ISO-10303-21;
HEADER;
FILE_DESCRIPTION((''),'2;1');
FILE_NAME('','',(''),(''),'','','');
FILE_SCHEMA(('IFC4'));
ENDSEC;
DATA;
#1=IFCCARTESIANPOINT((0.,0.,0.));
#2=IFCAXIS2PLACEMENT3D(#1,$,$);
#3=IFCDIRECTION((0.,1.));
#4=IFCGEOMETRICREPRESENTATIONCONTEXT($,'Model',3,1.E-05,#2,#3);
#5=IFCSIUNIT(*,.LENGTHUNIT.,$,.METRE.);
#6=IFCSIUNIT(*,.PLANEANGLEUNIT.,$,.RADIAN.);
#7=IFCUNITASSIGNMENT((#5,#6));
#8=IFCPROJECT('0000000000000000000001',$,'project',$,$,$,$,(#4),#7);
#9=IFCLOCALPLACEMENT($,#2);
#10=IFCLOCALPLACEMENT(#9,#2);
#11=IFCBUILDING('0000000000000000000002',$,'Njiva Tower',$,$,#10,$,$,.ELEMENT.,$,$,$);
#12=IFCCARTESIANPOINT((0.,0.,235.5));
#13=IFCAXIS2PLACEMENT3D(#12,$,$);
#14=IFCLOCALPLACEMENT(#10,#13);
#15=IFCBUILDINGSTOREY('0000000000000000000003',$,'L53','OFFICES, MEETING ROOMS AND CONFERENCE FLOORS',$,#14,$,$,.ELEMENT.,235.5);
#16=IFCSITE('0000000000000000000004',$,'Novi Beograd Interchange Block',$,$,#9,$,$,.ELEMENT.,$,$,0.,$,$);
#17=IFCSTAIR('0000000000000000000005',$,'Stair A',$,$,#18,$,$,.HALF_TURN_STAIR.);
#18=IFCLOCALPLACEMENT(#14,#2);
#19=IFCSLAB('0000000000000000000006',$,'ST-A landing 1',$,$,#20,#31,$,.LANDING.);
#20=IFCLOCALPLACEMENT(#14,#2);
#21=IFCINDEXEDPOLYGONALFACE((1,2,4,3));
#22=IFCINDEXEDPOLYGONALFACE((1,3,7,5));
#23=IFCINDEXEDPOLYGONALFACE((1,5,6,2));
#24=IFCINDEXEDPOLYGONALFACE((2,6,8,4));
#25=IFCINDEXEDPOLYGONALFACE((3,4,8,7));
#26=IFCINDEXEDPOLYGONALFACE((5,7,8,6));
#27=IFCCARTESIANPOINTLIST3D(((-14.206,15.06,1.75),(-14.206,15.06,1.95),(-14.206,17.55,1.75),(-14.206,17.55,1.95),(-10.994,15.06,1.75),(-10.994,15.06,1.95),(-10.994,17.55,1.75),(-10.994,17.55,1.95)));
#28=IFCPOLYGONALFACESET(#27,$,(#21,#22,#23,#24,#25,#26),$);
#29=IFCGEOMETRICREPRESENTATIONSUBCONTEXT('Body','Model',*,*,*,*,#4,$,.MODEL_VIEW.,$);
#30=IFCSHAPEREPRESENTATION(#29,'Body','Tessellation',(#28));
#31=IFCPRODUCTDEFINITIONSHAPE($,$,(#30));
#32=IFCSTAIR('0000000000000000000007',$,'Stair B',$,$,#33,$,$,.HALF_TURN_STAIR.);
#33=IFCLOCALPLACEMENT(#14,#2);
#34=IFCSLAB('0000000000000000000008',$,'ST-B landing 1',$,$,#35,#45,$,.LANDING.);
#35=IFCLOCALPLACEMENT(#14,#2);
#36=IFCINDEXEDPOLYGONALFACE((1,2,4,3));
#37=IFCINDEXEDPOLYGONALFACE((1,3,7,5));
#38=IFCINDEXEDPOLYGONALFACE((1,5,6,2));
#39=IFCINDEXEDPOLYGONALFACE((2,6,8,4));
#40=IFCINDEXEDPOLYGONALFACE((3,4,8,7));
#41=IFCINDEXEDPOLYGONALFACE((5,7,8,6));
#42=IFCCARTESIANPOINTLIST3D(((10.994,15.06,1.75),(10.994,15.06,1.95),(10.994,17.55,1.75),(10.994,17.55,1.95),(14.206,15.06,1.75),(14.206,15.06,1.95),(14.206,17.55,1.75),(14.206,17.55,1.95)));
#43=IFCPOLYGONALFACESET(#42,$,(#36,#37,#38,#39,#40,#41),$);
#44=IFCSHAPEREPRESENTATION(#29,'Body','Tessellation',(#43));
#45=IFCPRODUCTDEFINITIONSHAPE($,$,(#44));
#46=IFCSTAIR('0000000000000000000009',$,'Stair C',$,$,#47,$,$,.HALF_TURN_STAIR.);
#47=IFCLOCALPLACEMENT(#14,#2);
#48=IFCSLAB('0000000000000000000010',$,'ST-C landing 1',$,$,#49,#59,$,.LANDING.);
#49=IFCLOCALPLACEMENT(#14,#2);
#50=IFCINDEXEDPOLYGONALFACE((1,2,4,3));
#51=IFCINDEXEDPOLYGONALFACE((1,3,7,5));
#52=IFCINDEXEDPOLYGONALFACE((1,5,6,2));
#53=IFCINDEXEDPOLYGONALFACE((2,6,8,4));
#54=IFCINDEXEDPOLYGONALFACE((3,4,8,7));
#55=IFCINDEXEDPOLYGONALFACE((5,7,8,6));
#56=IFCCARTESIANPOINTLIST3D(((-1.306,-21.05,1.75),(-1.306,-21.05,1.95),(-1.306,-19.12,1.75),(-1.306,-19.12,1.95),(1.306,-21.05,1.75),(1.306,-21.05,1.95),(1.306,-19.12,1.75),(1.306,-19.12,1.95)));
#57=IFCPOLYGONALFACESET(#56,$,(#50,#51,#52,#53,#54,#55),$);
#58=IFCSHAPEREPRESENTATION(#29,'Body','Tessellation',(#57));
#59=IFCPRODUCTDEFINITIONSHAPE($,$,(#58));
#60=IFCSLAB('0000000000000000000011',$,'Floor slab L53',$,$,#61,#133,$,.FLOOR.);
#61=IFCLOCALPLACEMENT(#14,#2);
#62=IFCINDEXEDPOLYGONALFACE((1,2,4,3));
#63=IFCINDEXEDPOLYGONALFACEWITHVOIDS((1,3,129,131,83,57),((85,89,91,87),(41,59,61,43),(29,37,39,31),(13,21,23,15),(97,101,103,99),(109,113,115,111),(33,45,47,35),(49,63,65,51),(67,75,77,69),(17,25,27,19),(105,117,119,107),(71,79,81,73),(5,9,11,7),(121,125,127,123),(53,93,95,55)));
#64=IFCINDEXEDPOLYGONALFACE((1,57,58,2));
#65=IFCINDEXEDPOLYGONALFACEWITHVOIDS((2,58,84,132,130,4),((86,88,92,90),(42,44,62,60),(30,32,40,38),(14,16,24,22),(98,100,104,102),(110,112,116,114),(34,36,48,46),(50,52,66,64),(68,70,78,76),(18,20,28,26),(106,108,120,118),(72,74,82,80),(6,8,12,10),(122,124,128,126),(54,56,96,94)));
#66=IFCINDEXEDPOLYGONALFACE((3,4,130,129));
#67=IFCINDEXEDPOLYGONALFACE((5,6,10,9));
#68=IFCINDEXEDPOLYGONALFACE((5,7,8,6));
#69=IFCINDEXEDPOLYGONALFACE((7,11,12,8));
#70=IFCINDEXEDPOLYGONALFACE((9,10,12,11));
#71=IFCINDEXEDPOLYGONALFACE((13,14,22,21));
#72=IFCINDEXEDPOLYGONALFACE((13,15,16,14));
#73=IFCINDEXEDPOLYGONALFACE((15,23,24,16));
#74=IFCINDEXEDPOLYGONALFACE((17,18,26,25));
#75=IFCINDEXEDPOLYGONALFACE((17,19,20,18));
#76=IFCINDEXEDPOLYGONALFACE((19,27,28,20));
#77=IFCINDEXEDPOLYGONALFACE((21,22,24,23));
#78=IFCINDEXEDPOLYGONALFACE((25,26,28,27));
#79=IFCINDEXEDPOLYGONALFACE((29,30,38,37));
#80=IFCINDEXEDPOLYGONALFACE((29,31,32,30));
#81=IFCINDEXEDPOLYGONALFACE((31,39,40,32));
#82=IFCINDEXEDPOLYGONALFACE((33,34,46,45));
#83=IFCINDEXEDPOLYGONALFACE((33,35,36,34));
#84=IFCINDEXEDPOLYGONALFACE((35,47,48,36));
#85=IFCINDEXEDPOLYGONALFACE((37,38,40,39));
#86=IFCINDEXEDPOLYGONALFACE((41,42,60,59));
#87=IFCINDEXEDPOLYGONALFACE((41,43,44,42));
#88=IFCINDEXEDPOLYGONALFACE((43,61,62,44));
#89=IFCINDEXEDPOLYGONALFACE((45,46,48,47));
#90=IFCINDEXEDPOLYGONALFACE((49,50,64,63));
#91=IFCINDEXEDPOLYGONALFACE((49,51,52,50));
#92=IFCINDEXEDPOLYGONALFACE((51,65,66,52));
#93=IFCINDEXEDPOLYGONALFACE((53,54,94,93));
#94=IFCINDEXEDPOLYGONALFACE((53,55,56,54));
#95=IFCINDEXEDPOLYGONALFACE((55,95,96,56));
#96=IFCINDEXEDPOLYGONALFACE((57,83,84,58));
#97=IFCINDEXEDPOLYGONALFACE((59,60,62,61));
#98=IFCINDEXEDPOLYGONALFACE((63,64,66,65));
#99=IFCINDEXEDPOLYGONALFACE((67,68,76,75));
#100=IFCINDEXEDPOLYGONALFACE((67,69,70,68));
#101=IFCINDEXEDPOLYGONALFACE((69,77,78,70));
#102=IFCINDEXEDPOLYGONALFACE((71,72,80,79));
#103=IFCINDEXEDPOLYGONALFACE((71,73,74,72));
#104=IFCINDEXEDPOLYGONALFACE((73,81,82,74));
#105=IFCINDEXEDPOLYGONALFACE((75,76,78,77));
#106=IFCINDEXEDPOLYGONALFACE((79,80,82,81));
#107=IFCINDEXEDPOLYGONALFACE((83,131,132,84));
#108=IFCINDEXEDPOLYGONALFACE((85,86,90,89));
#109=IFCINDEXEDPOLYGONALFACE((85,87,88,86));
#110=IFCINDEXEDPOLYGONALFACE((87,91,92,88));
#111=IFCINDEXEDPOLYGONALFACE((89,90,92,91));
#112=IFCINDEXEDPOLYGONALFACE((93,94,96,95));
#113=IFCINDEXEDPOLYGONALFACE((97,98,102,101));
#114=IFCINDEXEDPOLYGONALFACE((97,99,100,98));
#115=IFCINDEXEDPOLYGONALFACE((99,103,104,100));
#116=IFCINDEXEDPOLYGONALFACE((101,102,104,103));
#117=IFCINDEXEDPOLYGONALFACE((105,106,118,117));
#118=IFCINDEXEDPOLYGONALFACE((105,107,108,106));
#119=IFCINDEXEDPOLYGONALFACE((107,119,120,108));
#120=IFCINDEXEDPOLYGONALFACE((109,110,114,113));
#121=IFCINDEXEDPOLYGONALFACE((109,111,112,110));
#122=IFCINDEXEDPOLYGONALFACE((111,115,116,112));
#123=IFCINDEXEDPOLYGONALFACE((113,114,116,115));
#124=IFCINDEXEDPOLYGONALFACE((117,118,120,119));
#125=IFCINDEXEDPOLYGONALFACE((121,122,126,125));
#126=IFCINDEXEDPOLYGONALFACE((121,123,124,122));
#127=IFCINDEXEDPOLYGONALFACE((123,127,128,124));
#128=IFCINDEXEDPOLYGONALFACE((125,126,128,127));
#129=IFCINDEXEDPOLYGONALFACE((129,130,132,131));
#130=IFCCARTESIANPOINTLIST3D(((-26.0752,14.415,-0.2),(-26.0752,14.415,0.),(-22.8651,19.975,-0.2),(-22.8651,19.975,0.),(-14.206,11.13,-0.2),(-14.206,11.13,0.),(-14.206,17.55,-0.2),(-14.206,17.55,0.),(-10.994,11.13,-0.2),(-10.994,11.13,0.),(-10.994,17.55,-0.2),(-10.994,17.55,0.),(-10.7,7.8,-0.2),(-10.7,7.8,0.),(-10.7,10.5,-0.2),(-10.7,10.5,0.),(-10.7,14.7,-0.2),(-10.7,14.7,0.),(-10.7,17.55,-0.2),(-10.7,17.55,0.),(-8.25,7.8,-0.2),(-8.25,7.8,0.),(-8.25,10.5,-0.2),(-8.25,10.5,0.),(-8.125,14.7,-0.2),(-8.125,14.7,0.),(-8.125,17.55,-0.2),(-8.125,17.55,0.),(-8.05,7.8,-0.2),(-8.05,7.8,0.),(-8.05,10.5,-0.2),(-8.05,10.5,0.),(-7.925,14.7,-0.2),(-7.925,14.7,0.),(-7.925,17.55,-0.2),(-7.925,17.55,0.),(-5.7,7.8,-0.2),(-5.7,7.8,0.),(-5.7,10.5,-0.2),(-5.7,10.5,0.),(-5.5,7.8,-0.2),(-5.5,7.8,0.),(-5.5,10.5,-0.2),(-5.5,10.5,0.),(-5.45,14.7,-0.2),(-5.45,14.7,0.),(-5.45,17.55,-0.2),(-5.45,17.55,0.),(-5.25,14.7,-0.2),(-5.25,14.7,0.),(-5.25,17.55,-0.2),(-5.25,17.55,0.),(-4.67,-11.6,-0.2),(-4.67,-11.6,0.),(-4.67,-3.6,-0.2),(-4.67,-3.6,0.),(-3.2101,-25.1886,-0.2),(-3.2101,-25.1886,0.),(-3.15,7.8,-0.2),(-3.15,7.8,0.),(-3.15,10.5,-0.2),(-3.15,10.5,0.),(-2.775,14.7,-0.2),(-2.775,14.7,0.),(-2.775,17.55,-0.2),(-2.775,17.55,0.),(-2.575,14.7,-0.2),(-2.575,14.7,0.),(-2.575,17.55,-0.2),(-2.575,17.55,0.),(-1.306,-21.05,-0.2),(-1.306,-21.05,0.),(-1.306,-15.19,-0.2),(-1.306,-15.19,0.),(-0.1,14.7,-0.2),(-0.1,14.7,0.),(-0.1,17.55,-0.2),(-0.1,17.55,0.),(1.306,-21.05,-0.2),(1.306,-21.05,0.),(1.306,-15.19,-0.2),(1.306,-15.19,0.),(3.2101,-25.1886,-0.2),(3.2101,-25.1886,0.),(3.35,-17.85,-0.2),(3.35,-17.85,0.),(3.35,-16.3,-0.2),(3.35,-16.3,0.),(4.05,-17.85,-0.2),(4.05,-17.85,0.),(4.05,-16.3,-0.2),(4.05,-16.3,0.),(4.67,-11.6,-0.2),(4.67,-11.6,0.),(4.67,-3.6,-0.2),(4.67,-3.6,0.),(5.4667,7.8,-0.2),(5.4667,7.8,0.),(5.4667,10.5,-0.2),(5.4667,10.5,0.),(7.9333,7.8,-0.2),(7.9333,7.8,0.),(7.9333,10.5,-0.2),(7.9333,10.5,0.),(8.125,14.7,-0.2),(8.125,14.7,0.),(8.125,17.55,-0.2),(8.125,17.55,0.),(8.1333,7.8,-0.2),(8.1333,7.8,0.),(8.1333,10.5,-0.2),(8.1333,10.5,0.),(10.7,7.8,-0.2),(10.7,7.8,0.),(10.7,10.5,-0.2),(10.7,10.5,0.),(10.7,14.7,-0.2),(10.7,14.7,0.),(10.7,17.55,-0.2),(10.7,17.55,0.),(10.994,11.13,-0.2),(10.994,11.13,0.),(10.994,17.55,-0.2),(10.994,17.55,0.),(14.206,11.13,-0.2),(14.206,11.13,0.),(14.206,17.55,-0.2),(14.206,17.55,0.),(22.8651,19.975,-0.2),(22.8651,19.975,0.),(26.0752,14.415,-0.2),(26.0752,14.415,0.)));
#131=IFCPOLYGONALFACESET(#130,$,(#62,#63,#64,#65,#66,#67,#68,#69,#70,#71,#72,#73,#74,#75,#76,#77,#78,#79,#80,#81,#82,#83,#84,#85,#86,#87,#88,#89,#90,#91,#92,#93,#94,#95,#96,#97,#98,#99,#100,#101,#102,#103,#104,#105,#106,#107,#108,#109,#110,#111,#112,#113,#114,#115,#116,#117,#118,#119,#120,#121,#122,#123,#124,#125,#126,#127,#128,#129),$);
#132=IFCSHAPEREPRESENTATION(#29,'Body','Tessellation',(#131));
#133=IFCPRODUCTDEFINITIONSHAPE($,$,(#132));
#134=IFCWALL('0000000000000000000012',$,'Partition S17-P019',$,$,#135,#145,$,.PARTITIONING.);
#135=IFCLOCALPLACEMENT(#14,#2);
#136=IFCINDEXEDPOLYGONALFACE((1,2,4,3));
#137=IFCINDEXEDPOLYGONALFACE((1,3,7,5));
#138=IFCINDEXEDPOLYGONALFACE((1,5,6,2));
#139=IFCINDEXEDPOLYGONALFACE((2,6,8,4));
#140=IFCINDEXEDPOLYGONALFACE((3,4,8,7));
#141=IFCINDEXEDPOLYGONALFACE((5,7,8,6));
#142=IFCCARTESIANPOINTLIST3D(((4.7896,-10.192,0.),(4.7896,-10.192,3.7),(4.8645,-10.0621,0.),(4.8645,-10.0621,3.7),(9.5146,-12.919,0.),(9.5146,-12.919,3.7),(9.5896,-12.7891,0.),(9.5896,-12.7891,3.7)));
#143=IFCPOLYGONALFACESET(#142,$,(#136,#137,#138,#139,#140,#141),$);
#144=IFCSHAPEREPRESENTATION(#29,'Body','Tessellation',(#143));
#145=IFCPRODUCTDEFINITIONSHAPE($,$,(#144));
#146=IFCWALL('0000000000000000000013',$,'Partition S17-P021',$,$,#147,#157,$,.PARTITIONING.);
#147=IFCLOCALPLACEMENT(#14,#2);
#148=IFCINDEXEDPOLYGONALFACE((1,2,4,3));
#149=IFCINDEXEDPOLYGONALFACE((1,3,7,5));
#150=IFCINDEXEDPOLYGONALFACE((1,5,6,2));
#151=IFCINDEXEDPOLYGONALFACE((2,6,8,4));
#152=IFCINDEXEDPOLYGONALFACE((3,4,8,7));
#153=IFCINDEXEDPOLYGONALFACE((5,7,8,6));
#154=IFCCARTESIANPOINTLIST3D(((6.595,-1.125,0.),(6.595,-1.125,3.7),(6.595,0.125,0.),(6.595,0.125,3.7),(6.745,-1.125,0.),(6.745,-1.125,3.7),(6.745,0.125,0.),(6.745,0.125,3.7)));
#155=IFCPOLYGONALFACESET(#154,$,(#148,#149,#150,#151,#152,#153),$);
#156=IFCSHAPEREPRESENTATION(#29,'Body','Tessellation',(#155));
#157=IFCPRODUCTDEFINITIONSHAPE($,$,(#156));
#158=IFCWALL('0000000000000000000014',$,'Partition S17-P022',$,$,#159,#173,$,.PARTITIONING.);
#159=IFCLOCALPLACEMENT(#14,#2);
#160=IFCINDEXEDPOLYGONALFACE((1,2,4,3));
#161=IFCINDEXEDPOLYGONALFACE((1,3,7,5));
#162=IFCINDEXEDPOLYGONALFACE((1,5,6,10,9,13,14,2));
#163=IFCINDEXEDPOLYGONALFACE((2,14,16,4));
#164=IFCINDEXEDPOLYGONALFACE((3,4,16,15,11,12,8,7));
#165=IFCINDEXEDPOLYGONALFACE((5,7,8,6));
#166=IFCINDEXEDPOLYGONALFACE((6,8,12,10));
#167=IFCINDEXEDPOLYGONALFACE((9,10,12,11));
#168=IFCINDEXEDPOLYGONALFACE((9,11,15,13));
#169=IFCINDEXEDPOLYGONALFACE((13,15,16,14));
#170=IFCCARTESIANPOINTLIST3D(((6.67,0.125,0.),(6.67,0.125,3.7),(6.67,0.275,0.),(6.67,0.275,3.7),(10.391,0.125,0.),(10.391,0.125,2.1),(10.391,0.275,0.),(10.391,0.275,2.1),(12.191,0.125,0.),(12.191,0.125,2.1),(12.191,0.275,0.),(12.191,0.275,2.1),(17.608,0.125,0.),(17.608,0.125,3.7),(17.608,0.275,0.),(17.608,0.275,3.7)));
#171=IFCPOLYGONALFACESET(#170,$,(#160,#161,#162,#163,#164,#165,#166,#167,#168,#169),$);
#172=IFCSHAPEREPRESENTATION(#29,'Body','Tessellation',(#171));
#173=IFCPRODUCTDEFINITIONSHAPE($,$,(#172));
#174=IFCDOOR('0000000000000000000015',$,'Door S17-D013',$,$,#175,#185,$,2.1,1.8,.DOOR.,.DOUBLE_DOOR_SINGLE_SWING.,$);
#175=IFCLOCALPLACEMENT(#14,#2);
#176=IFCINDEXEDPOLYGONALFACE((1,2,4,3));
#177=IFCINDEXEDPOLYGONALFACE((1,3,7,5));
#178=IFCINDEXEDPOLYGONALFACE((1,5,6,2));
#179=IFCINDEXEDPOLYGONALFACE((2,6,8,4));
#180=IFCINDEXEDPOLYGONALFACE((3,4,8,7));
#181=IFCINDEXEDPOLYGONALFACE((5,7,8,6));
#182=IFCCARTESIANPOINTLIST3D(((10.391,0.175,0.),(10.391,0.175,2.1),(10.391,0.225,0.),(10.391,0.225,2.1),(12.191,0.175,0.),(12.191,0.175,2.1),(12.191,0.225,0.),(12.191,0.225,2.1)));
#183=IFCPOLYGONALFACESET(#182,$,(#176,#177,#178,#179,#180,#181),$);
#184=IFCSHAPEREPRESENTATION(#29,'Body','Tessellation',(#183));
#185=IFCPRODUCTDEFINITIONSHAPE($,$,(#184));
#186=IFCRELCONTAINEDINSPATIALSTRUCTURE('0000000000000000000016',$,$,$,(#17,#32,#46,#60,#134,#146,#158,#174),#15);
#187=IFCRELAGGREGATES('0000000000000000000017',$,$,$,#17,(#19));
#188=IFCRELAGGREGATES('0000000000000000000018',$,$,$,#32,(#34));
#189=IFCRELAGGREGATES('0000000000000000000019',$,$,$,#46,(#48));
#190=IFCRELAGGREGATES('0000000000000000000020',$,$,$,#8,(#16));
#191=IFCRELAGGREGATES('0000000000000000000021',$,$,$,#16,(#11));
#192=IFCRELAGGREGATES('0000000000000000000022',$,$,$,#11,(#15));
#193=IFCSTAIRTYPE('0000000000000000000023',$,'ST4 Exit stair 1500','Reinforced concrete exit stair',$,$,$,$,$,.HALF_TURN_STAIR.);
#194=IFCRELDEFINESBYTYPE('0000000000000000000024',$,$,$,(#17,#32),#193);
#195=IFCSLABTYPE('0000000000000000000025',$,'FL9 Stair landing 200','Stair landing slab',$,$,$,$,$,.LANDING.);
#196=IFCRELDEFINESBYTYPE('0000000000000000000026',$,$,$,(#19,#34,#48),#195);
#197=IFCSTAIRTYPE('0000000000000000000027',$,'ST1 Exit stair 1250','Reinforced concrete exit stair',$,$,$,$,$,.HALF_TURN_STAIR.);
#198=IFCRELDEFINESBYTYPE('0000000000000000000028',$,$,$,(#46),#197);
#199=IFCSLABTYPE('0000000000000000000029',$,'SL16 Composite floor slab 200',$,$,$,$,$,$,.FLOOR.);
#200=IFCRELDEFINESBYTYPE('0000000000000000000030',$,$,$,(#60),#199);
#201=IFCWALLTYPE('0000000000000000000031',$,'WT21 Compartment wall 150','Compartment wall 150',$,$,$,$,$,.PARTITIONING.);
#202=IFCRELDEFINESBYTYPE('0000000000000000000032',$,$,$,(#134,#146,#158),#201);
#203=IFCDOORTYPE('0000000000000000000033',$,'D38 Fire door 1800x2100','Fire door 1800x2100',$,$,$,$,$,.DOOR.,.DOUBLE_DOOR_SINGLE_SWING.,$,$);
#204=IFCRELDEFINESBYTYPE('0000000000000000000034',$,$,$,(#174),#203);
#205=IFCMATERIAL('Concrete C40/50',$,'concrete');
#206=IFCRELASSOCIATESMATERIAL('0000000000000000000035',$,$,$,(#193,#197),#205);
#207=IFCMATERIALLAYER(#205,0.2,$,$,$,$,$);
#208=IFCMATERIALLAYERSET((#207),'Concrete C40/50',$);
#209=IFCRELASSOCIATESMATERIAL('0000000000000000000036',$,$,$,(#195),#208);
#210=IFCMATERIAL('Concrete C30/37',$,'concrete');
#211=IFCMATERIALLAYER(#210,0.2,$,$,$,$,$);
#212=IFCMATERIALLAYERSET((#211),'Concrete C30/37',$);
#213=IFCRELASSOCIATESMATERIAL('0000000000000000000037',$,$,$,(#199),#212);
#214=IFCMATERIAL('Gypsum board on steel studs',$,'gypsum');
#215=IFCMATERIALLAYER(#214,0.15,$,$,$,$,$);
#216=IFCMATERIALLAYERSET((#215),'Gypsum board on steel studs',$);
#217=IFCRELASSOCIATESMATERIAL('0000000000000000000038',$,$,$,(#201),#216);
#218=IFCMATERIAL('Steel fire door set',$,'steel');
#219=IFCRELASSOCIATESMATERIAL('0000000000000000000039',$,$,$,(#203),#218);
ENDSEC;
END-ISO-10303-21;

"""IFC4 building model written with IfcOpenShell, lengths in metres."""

from ifc_helpers import new_model, si_unit, direction, frame, frame_2d, origin, place, context, subcontext, project, spatial, polyline, rectangle, outline, extrude, material, layer, layer_set, type_object, element, fill, aggregate, save


model = new_model("IFC4")

# Units and contexts
model_context = context("Model", 3, precision=1e-05, world=origin(), true_north=direction((0.0, 1.0)))
body_context = subcontext(model_context, "Body", "Model", "MODEL_VIEW")
ifc_project = project(units=[si_unit("LENGTHUNIT", "METRE"), si_unit("PLANEANGLEUNIT", "RADIAN")], contexts=[model_context])

# Site, building, storey
site_placement = place(None, origin())
site = spatial("IfcSite", under=ifc_project, at=site_placement, Name="Novi Beograd Interchange Block", CompositionType="ELEMENT", RefElevation=0.0)
building_placement = place(site_placement, origin())
building = spatial("IfcBuilding", under=site, at=building_placement, Name="Njiva Tower", CompositionType="ELEMENT")
storey_placement = place(building_placement, frame((0.0, 0.0, 235.5)))
storey = spatial("IfcBuildingStorey", under=building, at=storey_placement, Name="L53", Description="OFFICES, MEETING ROOMS AND CONFERENCE FLOORS", CompositionType="ELEMENT", Elevation=235.5)

# Stairs, slabs
ifc_material_1 = material(Name="Concrete C40/50", Category="concrete")
stair_type_1 = type_object("IfcStairType", Name="ST4 Exit stair 1500", Description="Reinforced concrete exit stair", PredefinedType="HALF_TURN_STAIR", material=ifc_material_1)
stair_1_placement = place(storey_placement, origin())
stair_1 = element("IfcStair", 1, at=stair_1_placement, inside=storey, type_object=stair_type_1, Name="Stair A", PredefinedType="HALF_TURN_STAIR")
ifc_layer_1 = layer(ifc_material_1, 0.2)
ifc_layer_set_1 = layer_set([ifc_layer_1], Name="Concrete C40/50")
slab_type_1 = type_object("IfcSlabType", Name="FL9 Stair landing 200", Description="Stair landing slab", PredefinedType="LANDING", material=ifc_layer_set_1)
slab_1_placement = place(storey_placement, frame((0.0, 0.0, 1.75)))
slab_1 = element("IfcSlab", 2, at=slab_1_placement, type_object=slab_type_1, Name="ST-A landing 1", PredefinedType="LANDING", context=body_context, shape_type="SweptSolid", body=[
    extrude(outline(polyline([(-14.206, 15.06), (-10.994, 15.06), (-10.994, 17.55), (-14.206, 17.55), (-14.206, 15.06)])), origin(), (0.0, 0.0, 1.0), 0.2),
])
aggregate(stair_1, [slab_1])
stair_2_placement = place(storey_placement, origin())
stair_2 = element("IfcStair", 3, at=stair_2_placement, inside=storey, type_object=stair_type_1, Name="Stair B", PredefinedType="HALF_TURN_STAIR")
slab_2_placement = place(storey_placement, frame((0.0, 0.0, 1.75)))
slab_2 = element("IfcSlab", 4, at=slab_2_placement, type_object=slab_type_1, Name="ST-B landing 1", PredefinedType="LANDING", context=body_context, shape_type="SweptSolid", body=[
    extrude(outline(polyline([(10.994, 15.06), (14.206, 15.06), (14.206, 17.55), (10.994, 17.55), (10.994, 15.06)])), origin(), (0.0, 0.0, 1.0), 0.2),
])
aggregate(stair_2, [slab_2])
stair_type_2 = type_object("IfcStairType", Name="ST1 Exit stair 1250", Description="Reinforced concrete exit stair", PredefinedType="HALF_TURN_STAIR", material=ifc_material_1)
stair_3_placement = place(storey_placement, origin())
stair_3 = element("IfcStair", 5, at=stair_3_placement, inside=storey, type_object=stair_type_2, Name="Stair C", PredefinedType="HALF_TURN_STAIR")
slab_3_placement = place(storey_placement, frame((0.0, 0.0, 1.75)))
slab_3 = element("IfcSlab", 6, at=slab_3_placement, type_object=slab_type_1, Name="ST-C landing 1", PredefinedType="LANDING", context=body_context, shape_type="SweptSolid", body=[
    extrude(outline(polyline([(-1.306, -21.05), (1.306, -21.05), (1.306, -19.12), (-1.306, -19.12), (-1.306, -21.05)])), origin(), (0.0, 0.0, 1.0), 0.2),
])
aggregate(stair_3, [slab_3])

# Slab
ifc_material_2 = material(Name="Concrete C30/37", Category="concrete")
ifc_layer_2 = layer(ifc_material_2, 0.2)
ifc_layer_set_2 = layer_set([ifc_layer_2], Name="Concrete C30/37")
slab_type_2 = type_object("IfcSlabType", Name="SL16 Composite floor slab 200", PredefinedType="FLOOR", material=ifc_layer_set_2)
slab_4_placement = place(storey_placement, frame((0.0, 0.0, -0.2)))
element("IfcSlab", 7, at=slab_4_placement, inside=storey, type_object=slab_type_2, Name="Floor slab L53", PredefinedType="FLOOR", context=body_context, shape_type="SweptSolid", body=[
    extrude(outline(polyline([(26.0752, 14.415), (3.2101, -25.1886), (-3.2101, -25.1886), (-26.0752, 14.415), (-22.8651, 19.975), (22.8651, 19.975), (26.0752, 14.415)]), holes=[polyline([(10.994, 11.13), (14.206, 11.13), (14.206, 17.55), (10.994, 17.55), (10.994, 11.13)]), polyline([(8.125, 14.7), (10.7, 14.7), (10.7, 17.55), (8.125, 17.55), (8.125, 14.7)]), polyline([(8.1333, 7.8), (10.7, 7.8), (10.7, 10.5), (8.1333, 10.5), (8.1333, 7.8)]), polyline([(5.4667, 7.8), (7.9333, 7.8), (7.9333, 10.5), (5.4667, 10.5), (5.4667, 7.8)]), polyline([(4.67, -11.6), (4.67, -3.6), (-4.67, -3.6), (-4.67, -11.6), (4.67, -11.6)]), polyline([(3.35, -17.85), (4.05, -17.85), (4.05, -16.3), (3.35, -16.3), (3.35, -17.85)]), polyline([(-1.306, -21.05), (1.306, -21.05), (1.306, -15.19), (-1.306, -15.19), (-1.306, -21.05)]), polyline([(-2.575, 14.7), (-0.1, 14.7), (-0.1, 17.55), (-2.575, 17.55), (-2.575, 14.7)]), polyline([(-5.25, 14.7), (-2.775, 14.7), (-2.775, 17.55), (-5.25, 17.55), (-5.25, 14.7)]), polyline([(-5.5, 7.8), (-3.15, 7.8), (-3.15, 10.5), (-5.5, 10.5), (-5.5, 7.8)]), polyline([(-7.925, 14.7), (-5.45, 14.7), (-5.45, 17.55), (-7.925, 17.55), (-7.925, 14.7)]), polyline([(-8.05, 7.8), (-5.7, 7.8), (-5.7, 10.5), (-8.05, 10.5), (-8.05, 7.8)]), polyline([(-10.7, 14.7), (-8.125, 14.7), (-8.125, 17.55), (-10.7, 17.55), (-10.7, 14.7)]), polyline([(-8.25, 7.8), (-8.25, 10.5), (-10.7, 10.5), (-10.7, 7.8), (-8.25, 7.8)]), polyline([(-14.206, 11.13), (-10.994, 11.13), (-10.994, 17.55), (-14.206, 17.55), (-14.206, 11.13)])]), origin(), (0.0, 0.0, 1.0), 0.2),
])

# Walls
ifc_material_3 = material(Name="Gypsum board on steel studs", Category="gypsum")
ifc_layer_3 = layer(ifc_material_3, 0.15)
ifc_layer_set_3 = layer_set([ifc_layer_3], Name="Gypsum board on steel studs")
wall_type_1 = type_object("IfcWallType", Name="WT21 Compartment wall 150", Description="Compartment wall 150", PredefinedType="PARTITIONING", material=ifc_layer_set_3)
wall_1_placement = place(storey_placement, frame((4.827, -10.127, 0.0), z_axis=(0.0, 0.0, 1.0), x_axis=(0.866103, -0.499865, 0.0)))
element("IfcWall", 8, at=wall_1_placement, inside=storey, type_object=wall_type_1, Name="Partition S17-P019", PredefinedType="PARTITIONING", context=body_context, shape_type="SweptSolid", body=[
    extrude(rectangle(XDim=5.4555, YDim=0.15, at=frame_2d((2.7278, 0.0))), origin(), (0.0, 0.0, 1.0), 3.7),
])
wall_2_placement = place(storey_placement, frame((6.67, -1.125, 0.0), z_axis=(0.0, 0.0, 1.0), x_axis=(0.0, 1.0, 0.0)))
element("IfcWall", 9, at=wall_2_placement, inside=storey, type_object=wall_type_1, Name="Partition S17-P021", PredefinedType="PARTITIONING", context=body_context, shape_type="SweptSolid", body=[
    extrude(rectangle(XDim=1.25, YDim=0.15, at=frame_2d((0.625, 0.0))), origin(), (0.0, 0.0, 1.0), 3.7),
])

# Wall, opening, door
wall_3_placement = place(storey_placement, frame((6.67, 0.2, 0.0), z_axis=(0.0, 0.0, 1.0), x_axis=(1.0, 0.0, 0.0)))
wall_3 = element("IfcWall", 10, at=wall_3_placement, inside=storey, type_object=wall_type_1, Name="Partition S17-P022", PredefinedType="PARTITIONING", context=body_context, shape_type="SweptSolid", body=[
    extrude(rectangle(XDim=10.938, YDim=0.15, at=frame_2d((5.469, 0.0))), origin(), (0.0, 0.0, 1.0), 3.7),
])
opening_1_placement = place(wall_3_placement, frame((3.721, 0.0, 0.0)))
opening_1 = element("IfcOpeningElement", 11, at=opening_1_placement, cuts=wall_3, PredefinedType="OPENING", context=body_context, shape_type="SweptSolid", body=[
    extrude(rectangle(XDim=1.8, YDim=2.1, at=frame_2d((0.9, 1.05))), frame((0.0, 0.085, 0.0), z_axis=(0.0, -1.0, 0.0), x_axis=(1.0, 0.0, 0.0)), (0.0, 0.0, 1.0), 0.17),
])
ifc_material_4 = material(Name="Steel fire door set", Category="steel")
door_type_1 = type_object("IfcDoorType", Name="D38 Fire door 1800x2100", Description="Fire door 1800x2100", OperationType="DOUBLE_DOOR_SINGLE_SWING", PredefinedType="DOOR", material=ifc_material_4)
door_1_placement = place(opening_1_placement, origin())
door_1 = element("IfcDoor", 12, at=door_1_placement, inside=storey, type_object=door_type_1, Name="Door S17-D013", OperationType="DOUBLE_DOOR_SINGLE_SWING", OverallHeight=2.1, OverallWidth=1.8, PredefinedType="DOOR", context=body_context, shape_type="SweptSolid", body=[
    extrude(rectangle(XDim=1.8, YDim=2.1, at=frame_2d((0.9, 1.05))), frame((0.0, 0.025, 0.0), z_axis=(0.0, -1.0, 0.0), x_axis=(1.0, 0.0, 0.0)), (0.0, 0.0, 1.0), 0.05),
])
fill(opening_1, door_1)

save(model, "model.ifc")
